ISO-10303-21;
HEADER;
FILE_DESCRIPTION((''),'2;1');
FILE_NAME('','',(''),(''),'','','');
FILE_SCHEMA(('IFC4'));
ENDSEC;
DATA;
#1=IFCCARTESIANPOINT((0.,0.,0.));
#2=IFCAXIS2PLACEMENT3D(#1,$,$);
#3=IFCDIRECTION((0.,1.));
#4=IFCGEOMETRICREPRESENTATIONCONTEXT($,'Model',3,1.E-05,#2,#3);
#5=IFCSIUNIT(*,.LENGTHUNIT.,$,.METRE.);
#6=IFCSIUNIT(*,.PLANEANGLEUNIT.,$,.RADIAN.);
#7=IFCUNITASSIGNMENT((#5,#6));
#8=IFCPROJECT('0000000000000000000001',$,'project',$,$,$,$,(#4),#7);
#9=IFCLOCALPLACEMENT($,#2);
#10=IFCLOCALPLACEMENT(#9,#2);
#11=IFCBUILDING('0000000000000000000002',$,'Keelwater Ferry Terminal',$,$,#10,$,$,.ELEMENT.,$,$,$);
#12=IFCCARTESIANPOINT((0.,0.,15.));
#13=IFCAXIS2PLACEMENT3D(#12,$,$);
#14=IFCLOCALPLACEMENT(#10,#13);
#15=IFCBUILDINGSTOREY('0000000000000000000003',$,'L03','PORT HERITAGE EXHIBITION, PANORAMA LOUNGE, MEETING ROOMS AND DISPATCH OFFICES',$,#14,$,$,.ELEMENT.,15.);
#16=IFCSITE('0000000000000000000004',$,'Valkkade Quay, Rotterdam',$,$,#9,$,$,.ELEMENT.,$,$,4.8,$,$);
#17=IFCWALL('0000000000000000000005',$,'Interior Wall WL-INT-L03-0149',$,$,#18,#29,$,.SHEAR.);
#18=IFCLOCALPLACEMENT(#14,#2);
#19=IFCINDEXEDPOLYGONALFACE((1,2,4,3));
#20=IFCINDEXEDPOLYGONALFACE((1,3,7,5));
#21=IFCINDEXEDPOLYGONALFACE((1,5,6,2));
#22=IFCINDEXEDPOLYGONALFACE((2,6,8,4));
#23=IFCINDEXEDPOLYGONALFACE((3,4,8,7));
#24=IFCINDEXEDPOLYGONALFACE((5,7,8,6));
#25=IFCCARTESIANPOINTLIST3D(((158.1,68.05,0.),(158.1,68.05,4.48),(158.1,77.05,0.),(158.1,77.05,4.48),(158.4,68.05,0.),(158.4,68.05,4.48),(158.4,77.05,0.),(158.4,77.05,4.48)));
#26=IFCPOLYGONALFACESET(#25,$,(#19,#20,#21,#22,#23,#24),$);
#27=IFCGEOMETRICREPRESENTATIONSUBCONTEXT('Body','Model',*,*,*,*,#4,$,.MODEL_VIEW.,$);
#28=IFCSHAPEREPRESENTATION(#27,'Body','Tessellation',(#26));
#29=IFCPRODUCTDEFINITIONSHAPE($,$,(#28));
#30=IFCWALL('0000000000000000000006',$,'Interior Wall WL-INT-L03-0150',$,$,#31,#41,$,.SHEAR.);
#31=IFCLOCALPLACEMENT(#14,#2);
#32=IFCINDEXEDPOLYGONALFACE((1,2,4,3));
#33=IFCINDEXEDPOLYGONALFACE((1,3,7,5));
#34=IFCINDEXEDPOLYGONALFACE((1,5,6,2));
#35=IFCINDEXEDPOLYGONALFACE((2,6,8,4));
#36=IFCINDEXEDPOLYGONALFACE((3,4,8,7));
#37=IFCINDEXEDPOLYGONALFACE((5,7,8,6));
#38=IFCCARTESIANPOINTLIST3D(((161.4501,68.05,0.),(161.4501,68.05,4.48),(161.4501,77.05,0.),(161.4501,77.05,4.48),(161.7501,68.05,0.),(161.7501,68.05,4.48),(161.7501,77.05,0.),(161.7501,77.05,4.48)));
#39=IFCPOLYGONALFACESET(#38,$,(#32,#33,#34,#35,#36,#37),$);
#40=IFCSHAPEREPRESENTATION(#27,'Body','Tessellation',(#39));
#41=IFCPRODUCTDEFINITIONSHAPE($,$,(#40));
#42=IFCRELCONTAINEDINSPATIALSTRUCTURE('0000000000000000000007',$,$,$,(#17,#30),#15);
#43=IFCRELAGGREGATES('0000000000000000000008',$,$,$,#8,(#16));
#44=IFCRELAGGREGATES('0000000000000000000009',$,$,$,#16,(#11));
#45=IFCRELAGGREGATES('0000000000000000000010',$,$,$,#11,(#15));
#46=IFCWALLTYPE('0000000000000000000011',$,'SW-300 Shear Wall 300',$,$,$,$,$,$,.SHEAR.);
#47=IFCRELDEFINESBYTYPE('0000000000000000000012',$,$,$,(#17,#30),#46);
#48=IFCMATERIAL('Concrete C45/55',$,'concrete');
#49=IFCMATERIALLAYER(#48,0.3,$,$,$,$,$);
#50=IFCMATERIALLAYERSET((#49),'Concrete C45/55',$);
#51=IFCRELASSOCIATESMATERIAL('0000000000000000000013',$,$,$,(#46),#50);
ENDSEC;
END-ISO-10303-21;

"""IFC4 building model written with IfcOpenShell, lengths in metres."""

from ifc_helpers import new_model, si_unit, direction, frame, frame_2d, origin, place, context, subcontext, project, spatial, rectangle, extrude, material, layer, layer_set, type_object, element, save


model = new_model("IFC4")

# Units and contexts
model_context = context("Model", 3, precision=1e-05, world=origin(), true_north=direction((0.0, 1.0)))
body_context = subcontext(model_context, "Body", "Model", "MODEL_VIEW")
ifc_project = project(units=[si_unit("LENGTHUNIT", "METRE"), si_unit("PLANEANGLEUNIT", "RADIAN")], contexts=[model_context])

# Site, building, storey
site_placement = place(None, origin())
site = spatial("IfcSite", under=ifc_project, at=site_placement, Name="Valkkade Quay, Rotterdam", CompositionType="ELEMENT", RefElevation=4.8)
building_placement = place(site_placement, origin())
building = spatial("IfcBuilding", under=site, at=building_placement, Name="Keelwater Ferry Terminal", CompositionType="ELEMENT")
storey_placement = place(building_placement, frame((0.0, 0.0, 15.0)))
storey = spatial("IfcBuildingStorey", under=building, at=storey_placement, Name="L03", Description="PORT HERITAGE EXHIBITION, PANORAMA LOUNGE, MEETING ROOMS AND DISPATCH OFFICES", CompositionType="ELEMENT", Elevation=15.0)

# Shared definitions
ifc_material_1 = material(Name="Concrete C45/55", Category="concrete")
ifc_layer_1 = layer(ifc_material_1, 0.3)
ifc_layer_set_1 = layer_set([ifc_layer_1], Name="Concrete C45/55")
wall_type_1 = type_object("IfcWallType", Name="SW-300 Shear Wall 300", PredefinedType="SHEAR", material=ifc_layer_set_1)

# Walls
for number, where, z_axis, x_axis, name in (
    (1, (158.25, 68.05, 0.0), (0.0, 0.0, 1.0), (0.0, 1.0, 0.0), "Interior Wall WL-INT-L03-0149"),
    (2, (161.6001, 68.05, 0.0), (0.0, 0.0, 1.0), (0.0, 1.0, 0.0), "Interior Wall WL-INT-L03-0150"),
):
    element("IfcWall", number, at=place(storey_placement, frame(where, z_axis=z_axis, x_axis=x_axis)), inside=storey, type_object=wall_type_1, Name=name, PredefinedType="SHEAR", context=body_context, shape_type="SweptSolid", body=[
        extrude(rectangle(XDim=9.0, YDim=0.3, at=frame_2d((4.5, 0.0))), origin(), (0.0, 0.0, 1.0), 4.48),
    ])

save(model, "model.ifc")
